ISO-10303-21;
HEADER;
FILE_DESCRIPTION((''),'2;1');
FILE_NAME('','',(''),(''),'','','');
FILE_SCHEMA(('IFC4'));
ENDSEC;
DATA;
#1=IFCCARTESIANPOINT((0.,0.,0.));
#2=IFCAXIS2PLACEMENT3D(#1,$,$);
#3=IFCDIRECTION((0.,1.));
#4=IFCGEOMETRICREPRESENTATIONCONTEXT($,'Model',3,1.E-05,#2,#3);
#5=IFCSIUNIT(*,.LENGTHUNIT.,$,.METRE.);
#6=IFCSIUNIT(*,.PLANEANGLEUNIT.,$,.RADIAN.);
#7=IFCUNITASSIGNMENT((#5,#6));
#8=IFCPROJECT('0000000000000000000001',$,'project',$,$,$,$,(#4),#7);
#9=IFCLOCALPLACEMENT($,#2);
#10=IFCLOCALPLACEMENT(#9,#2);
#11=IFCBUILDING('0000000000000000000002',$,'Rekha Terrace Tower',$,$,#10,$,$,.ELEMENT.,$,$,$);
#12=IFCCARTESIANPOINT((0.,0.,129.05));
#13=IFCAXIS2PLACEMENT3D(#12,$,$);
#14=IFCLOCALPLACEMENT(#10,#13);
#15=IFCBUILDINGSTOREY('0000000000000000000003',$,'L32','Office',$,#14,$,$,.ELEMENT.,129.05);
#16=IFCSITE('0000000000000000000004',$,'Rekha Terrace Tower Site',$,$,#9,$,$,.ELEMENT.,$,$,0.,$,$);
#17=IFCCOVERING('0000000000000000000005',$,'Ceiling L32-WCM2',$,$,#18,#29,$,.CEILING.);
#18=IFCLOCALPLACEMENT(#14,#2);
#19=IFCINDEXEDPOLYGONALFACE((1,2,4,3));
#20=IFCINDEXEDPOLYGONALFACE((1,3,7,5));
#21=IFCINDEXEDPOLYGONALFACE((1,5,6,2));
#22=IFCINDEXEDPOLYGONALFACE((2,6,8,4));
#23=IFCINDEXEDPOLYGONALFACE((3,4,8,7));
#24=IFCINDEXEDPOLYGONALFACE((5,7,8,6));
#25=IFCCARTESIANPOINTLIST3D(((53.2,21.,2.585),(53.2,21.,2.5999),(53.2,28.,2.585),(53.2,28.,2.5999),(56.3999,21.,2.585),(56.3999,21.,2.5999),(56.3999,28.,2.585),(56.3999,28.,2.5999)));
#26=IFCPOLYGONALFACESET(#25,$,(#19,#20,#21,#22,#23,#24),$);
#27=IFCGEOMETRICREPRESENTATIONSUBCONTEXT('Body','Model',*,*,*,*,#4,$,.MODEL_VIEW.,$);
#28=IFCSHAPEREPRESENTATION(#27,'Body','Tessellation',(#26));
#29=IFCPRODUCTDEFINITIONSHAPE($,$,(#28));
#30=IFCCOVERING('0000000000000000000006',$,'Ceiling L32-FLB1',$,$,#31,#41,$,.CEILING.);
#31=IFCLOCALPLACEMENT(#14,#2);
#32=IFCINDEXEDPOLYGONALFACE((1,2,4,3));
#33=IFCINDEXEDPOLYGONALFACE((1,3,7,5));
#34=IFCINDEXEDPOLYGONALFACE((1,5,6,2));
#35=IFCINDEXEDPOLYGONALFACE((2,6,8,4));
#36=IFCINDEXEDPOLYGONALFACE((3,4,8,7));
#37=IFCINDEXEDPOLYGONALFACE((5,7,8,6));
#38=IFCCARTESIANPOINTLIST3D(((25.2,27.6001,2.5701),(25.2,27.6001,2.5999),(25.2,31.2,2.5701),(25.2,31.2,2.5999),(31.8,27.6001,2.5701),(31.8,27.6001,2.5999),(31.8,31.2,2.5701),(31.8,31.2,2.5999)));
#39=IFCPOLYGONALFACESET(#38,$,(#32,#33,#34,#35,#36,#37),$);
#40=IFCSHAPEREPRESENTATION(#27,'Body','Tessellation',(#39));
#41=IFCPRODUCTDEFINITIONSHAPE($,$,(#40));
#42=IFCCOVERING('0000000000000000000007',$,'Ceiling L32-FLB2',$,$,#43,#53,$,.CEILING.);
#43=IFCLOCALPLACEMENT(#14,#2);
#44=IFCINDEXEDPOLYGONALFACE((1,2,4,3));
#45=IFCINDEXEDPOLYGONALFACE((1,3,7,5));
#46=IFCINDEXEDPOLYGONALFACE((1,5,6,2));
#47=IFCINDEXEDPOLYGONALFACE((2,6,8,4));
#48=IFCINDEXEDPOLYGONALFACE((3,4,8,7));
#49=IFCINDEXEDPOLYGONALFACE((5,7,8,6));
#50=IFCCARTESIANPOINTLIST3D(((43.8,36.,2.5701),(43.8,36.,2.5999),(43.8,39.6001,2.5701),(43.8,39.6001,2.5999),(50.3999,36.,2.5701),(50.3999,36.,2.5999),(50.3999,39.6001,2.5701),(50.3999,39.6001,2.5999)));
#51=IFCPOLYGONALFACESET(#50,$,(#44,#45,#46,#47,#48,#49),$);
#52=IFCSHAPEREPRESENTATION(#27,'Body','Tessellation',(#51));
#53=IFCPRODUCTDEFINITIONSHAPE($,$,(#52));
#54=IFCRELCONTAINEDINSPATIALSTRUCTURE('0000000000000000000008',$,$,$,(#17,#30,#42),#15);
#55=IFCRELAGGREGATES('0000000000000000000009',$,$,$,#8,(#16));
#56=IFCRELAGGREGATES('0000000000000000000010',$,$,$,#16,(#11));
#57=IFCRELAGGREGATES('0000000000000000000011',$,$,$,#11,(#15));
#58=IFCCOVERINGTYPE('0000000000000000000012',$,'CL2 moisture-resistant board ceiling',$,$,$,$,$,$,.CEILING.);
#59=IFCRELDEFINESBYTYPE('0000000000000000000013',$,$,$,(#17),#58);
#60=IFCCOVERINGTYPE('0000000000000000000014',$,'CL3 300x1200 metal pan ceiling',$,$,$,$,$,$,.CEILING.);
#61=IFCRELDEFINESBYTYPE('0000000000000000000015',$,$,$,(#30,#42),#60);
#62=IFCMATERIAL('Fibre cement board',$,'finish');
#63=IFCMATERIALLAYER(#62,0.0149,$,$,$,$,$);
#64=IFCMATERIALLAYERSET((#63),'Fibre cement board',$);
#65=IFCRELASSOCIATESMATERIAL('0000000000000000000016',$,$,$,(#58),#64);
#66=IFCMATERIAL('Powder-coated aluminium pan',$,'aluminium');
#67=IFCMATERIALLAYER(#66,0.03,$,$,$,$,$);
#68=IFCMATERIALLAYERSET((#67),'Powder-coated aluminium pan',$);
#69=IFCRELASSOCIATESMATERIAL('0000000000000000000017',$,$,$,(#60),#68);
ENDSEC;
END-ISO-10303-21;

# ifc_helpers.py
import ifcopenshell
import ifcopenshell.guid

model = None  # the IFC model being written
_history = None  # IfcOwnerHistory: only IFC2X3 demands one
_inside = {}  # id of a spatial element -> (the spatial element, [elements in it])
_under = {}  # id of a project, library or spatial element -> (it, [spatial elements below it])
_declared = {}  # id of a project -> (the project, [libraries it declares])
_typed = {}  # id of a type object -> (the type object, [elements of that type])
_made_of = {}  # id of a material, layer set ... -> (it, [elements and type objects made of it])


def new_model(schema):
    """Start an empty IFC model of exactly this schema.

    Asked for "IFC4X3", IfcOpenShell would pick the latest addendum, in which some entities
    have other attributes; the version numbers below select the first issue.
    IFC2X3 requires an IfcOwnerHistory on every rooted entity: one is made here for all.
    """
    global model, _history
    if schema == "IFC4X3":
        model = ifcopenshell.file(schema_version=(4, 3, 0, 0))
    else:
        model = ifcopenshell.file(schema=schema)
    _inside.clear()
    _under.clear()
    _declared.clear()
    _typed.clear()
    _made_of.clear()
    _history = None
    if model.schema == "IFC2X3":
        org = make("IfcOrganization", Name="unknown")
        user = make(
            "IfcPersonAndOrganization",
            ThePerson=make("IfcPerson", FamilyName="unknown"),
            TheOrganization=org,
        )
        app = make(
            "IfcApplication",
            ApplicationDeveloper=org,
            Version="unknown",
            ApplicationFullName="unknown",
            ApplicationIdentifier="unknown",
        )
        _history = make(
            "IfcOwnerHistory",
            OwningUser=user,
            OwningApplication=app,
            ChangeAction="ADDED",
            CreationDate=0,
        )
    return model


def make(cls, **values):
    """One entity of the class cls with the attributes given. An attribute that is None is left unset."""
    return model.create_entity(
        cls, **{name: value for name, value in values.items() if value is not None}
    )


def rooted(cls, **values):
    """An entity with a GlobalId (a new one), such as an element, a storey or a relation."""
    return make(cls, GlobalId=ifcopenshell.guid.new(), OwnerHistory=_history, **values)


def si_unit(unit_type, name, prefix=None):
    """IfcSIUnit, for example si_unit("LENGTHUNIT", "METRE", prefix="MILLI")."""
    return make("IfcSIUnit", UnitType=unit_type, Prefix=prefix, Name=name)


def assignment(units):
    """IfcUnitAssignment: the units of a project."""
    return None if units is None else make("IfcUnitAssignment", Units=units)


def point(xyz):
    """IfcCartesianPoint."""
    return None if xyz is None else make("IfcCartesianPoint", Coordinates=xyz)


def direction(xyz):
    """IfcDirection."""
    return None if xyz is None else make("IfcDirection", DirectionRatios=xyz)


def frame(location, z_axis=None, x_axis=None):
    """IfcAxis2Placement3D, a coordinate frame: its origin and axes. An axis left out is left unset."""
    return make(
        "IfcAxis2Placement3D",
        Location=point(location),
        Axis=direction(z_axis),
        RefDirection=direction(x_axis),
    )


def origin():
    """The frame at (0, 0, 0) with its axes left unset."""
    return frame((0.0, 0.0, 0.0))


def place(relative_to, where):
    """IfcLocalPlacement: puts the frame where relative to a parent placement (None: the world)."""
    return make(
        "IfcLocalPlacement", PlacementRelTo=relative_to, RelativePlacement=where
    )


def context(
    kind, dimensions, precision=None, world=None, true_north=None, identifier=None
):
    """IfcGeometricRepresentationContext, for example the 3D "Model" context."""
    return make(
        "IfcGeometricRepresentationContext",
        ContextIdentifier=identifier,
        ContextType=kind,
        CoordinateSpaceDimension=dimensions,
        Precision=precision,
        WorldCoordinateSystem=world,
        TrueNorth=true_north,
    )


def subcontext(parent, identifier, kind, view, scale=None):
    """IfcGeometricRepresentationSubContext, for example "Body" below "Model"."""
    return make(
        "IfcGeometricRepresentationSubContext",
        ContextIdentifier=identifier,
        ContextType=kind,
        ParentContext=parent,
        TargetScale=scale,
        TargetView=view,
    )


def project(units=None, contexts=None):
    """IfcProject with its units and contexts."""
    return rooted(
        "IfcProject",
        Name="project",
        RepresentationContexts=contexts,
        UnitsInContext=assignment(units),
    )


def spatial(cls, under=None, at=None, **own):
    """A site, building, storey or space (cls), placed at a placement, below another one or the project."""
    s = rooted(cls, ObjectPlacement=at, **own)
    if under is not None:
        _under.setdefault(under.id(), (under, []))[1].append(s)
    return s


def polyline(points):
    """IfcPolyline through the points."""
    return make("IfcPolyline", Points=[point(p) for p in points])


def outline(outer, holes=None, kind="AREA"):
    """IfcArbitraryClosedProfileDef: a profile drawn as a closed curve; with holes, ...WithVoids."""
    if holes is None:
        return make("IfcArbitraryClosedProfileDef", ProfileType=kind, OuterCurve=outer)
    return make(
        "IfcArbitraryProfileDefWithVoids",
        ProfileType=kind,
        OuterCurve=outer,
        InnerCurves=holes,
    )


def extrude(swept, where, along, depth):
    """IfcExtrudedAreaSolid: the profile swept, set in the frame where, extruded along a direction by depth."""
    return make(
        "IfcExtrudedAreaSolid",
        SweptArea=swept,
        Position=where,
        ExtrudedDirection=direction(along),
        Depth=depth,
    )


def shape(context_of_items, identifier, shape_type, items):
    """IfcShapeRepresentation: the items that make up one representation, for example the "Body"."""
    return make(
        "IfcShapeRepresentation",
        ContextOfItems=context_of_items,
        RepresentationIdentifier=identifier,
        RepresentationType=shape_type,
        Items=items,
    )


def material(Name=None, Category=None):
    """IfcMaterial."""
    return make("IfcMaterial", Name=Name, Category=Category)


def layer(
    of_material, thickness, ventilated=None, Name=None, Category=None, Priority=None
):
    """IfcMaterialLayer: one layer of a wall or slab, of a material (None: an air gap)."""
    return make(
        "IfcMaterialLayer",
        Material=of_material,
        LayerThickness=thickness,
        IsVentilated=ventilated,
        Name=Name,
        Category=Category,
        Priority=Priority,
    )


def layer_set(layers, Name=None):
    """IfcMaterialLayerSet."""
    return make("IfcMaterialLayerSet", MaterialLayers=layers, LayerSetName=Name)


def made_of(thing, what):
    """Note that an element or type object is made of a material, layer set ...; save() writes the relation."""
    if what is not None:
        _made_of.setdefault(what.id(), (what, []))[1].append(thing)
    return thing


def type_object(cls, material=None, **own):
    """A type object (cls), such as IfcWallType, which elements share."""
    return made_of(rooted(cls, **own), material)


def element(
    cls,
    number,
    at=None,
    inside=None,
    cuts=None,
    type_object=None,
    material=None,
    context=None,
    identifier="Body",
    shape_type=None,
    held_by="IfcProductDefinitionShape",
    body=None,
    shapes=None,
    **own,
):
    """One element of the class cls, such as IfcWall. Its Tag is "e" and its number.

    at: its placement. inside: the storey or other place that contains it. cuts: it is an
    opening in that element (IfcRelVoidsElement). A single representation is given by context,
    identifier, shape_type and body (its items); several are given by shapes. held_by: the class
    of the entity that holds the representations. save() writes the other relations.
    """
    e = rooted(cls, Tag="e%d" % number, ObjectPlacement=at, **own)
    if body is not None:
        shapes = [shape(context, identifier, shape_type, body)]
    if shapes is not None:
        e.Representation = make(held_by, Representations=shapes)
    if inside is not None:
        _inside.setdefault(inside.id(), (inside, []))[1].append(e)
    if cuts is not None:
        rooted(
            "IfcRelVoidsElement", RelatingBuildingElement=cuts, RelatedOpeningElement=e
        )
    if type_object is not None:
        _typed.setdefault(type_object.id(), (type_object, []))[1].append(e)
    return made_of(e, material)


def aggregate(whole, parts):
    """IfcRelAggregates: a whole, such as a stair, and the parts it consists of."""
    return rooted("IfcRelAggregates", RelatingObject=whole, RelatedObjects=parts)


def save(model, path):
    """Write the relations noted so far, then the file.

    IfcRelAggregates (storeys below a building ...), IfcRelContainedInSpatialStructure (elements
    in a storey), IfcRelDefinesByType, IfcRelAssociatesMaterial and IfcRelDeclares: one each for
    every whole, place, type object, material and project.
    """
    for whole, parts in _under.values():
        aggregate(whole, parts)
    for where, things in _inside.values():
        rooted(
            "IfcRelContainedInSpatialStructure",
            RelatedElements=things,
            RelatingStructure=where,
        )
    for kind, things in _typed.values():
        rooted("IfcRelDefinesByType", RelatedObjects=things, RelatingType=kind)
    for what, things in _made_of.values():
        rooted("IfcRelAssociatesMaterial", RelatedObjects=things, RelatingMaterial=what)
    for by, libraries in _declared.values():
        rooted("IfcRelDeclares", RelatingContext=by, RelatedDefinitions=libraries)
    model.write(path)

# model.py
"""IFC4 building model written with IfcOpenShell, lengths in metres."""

from ifc_helpers import new_model, si_unit, direction, frame, origin, place, context, subcontext, project, spatial, polyline, outline, extrude, material, layer, layer_set, type_object, element, save


model = new_model("IFC4")

# Units and contexts
model_context = context("Model", 3, precision=1e-05, world=origin(), true_north=direction((0.0, 1.0)))
body_context = subcontext(model_context, "Body", "Model", "MODEL_VIEW")
ifc_project = project(units=[si_unit("LENGTHUNIT", "METRE"), si_unit("PLANEANGLEUNIT", "RADIAN")], contexts=[model_context])

# Site, building, storey
site_placement = place(None, origin())
site = spatial("IfcSite", under=ifc_project, at=site_placement, Name="Rekha Terrace Tower Site", CompositionType="ELEMENT", RefElevation=0.0)
building_placement = place(site_placement, origin())
building = spatial("IfcBuilding", under=site, at=building_placement, Name="Rekha Terrace Tower", CompositionType="ELEMENT")
storey_placement = place(building_placement, frame((0.0, 0.0, 129.05)))
storey = spatial("IfcBuildingStorey", under=building, at=storey_placement, Name="L32", Description="Office", CompositionType="ELEMENT", Elevation=129.05)

# Coverings
ifc_material_1 = material(Name="Fibre cement board", Category="finish")
ifc_layer_1 = layer(ifc_material_1, 0.0149)
ifc_layer_set_1 = layer_set([ifc_layer_1], Name="Fibre cement board")
covering_type_1 = type_object("IfcCoveringType", Name="CL2 moisture-resistant board ceiling", PredefinedType="CEILING", material=ifc_layer_set_1)
covering_1_placement = place(storey_placement, frame((0.0, 0.0, 2.585)))
element("IfcCovering", 1, at=covering_1_placement, inside=storey, type_object=covering_type_1, Name="Ceiling L32-WCM2", PredefinedType="CEILING", context=body_context, shape_type="SweptSolid", body=[
    extrude(outline(polyline([(56.3999, 28.0), (53.2, 28.0), (53.2, 21.0), (56.3999, 21.0), (56.3999, 28.0)])), origin(), (0.0, 0.0, 1.0), 0.0149),
])
ifc_material_2 = material(Name="Powder-coated aluminium pan", Category="aluminium")
ifc_layer_2 = layer(ifc_material_2, 0.03)
ifc_layer_set_2 = layer_set([ifc_layer_2], Name="Powder-coated aluminium pan")
covering_type_2 = type_object("IfcCoveringType", Name="CL3 300x1200 metal pan ceiling", PredefinedType="CEILING", material=ifc_layer_set_2)
covering_2_placement = place(storey_placement, frame((0.0, 0.0, 2.5701)))
element("IfcCovering", 2, at=covering_2_placement, inside=storey, type_object=covering_type_2, Name="Ceiling L32-FLB1", PredefinedType="CEILING", context=body_context, shape_type="SweptSolid", body=[
    extrude(outline(polyline([(31.8, 31.2), (25.2, 31.2), (25.2, 27.6001), (31.8, 27.6001), (31.8, 31.2)])), origin(), (0.0, 0.0, 1.0), 0.0298),
])
covering_3_placement = place(storey_placement, frame((0.0, 0.0, 2.5701)))
element("IfcCovering", 3, at=covering_3_placement, inside=storey, type_object=covering_type_2, Name="Ceiling L32-FLB2", PredefinedType="CEILING", context=body_context, shape_type="SweptSolid", body=[
    extrude(outline(polyline([(50.3999, 39.6001), (43.8, 39.6001), (43.8, 36.0), (50.3999, 36.0), (50.3999, 39.6001)])), origin(), (0.0, 0.0, 1.0), 0.0298),
])

save(model, "model.ifc")
